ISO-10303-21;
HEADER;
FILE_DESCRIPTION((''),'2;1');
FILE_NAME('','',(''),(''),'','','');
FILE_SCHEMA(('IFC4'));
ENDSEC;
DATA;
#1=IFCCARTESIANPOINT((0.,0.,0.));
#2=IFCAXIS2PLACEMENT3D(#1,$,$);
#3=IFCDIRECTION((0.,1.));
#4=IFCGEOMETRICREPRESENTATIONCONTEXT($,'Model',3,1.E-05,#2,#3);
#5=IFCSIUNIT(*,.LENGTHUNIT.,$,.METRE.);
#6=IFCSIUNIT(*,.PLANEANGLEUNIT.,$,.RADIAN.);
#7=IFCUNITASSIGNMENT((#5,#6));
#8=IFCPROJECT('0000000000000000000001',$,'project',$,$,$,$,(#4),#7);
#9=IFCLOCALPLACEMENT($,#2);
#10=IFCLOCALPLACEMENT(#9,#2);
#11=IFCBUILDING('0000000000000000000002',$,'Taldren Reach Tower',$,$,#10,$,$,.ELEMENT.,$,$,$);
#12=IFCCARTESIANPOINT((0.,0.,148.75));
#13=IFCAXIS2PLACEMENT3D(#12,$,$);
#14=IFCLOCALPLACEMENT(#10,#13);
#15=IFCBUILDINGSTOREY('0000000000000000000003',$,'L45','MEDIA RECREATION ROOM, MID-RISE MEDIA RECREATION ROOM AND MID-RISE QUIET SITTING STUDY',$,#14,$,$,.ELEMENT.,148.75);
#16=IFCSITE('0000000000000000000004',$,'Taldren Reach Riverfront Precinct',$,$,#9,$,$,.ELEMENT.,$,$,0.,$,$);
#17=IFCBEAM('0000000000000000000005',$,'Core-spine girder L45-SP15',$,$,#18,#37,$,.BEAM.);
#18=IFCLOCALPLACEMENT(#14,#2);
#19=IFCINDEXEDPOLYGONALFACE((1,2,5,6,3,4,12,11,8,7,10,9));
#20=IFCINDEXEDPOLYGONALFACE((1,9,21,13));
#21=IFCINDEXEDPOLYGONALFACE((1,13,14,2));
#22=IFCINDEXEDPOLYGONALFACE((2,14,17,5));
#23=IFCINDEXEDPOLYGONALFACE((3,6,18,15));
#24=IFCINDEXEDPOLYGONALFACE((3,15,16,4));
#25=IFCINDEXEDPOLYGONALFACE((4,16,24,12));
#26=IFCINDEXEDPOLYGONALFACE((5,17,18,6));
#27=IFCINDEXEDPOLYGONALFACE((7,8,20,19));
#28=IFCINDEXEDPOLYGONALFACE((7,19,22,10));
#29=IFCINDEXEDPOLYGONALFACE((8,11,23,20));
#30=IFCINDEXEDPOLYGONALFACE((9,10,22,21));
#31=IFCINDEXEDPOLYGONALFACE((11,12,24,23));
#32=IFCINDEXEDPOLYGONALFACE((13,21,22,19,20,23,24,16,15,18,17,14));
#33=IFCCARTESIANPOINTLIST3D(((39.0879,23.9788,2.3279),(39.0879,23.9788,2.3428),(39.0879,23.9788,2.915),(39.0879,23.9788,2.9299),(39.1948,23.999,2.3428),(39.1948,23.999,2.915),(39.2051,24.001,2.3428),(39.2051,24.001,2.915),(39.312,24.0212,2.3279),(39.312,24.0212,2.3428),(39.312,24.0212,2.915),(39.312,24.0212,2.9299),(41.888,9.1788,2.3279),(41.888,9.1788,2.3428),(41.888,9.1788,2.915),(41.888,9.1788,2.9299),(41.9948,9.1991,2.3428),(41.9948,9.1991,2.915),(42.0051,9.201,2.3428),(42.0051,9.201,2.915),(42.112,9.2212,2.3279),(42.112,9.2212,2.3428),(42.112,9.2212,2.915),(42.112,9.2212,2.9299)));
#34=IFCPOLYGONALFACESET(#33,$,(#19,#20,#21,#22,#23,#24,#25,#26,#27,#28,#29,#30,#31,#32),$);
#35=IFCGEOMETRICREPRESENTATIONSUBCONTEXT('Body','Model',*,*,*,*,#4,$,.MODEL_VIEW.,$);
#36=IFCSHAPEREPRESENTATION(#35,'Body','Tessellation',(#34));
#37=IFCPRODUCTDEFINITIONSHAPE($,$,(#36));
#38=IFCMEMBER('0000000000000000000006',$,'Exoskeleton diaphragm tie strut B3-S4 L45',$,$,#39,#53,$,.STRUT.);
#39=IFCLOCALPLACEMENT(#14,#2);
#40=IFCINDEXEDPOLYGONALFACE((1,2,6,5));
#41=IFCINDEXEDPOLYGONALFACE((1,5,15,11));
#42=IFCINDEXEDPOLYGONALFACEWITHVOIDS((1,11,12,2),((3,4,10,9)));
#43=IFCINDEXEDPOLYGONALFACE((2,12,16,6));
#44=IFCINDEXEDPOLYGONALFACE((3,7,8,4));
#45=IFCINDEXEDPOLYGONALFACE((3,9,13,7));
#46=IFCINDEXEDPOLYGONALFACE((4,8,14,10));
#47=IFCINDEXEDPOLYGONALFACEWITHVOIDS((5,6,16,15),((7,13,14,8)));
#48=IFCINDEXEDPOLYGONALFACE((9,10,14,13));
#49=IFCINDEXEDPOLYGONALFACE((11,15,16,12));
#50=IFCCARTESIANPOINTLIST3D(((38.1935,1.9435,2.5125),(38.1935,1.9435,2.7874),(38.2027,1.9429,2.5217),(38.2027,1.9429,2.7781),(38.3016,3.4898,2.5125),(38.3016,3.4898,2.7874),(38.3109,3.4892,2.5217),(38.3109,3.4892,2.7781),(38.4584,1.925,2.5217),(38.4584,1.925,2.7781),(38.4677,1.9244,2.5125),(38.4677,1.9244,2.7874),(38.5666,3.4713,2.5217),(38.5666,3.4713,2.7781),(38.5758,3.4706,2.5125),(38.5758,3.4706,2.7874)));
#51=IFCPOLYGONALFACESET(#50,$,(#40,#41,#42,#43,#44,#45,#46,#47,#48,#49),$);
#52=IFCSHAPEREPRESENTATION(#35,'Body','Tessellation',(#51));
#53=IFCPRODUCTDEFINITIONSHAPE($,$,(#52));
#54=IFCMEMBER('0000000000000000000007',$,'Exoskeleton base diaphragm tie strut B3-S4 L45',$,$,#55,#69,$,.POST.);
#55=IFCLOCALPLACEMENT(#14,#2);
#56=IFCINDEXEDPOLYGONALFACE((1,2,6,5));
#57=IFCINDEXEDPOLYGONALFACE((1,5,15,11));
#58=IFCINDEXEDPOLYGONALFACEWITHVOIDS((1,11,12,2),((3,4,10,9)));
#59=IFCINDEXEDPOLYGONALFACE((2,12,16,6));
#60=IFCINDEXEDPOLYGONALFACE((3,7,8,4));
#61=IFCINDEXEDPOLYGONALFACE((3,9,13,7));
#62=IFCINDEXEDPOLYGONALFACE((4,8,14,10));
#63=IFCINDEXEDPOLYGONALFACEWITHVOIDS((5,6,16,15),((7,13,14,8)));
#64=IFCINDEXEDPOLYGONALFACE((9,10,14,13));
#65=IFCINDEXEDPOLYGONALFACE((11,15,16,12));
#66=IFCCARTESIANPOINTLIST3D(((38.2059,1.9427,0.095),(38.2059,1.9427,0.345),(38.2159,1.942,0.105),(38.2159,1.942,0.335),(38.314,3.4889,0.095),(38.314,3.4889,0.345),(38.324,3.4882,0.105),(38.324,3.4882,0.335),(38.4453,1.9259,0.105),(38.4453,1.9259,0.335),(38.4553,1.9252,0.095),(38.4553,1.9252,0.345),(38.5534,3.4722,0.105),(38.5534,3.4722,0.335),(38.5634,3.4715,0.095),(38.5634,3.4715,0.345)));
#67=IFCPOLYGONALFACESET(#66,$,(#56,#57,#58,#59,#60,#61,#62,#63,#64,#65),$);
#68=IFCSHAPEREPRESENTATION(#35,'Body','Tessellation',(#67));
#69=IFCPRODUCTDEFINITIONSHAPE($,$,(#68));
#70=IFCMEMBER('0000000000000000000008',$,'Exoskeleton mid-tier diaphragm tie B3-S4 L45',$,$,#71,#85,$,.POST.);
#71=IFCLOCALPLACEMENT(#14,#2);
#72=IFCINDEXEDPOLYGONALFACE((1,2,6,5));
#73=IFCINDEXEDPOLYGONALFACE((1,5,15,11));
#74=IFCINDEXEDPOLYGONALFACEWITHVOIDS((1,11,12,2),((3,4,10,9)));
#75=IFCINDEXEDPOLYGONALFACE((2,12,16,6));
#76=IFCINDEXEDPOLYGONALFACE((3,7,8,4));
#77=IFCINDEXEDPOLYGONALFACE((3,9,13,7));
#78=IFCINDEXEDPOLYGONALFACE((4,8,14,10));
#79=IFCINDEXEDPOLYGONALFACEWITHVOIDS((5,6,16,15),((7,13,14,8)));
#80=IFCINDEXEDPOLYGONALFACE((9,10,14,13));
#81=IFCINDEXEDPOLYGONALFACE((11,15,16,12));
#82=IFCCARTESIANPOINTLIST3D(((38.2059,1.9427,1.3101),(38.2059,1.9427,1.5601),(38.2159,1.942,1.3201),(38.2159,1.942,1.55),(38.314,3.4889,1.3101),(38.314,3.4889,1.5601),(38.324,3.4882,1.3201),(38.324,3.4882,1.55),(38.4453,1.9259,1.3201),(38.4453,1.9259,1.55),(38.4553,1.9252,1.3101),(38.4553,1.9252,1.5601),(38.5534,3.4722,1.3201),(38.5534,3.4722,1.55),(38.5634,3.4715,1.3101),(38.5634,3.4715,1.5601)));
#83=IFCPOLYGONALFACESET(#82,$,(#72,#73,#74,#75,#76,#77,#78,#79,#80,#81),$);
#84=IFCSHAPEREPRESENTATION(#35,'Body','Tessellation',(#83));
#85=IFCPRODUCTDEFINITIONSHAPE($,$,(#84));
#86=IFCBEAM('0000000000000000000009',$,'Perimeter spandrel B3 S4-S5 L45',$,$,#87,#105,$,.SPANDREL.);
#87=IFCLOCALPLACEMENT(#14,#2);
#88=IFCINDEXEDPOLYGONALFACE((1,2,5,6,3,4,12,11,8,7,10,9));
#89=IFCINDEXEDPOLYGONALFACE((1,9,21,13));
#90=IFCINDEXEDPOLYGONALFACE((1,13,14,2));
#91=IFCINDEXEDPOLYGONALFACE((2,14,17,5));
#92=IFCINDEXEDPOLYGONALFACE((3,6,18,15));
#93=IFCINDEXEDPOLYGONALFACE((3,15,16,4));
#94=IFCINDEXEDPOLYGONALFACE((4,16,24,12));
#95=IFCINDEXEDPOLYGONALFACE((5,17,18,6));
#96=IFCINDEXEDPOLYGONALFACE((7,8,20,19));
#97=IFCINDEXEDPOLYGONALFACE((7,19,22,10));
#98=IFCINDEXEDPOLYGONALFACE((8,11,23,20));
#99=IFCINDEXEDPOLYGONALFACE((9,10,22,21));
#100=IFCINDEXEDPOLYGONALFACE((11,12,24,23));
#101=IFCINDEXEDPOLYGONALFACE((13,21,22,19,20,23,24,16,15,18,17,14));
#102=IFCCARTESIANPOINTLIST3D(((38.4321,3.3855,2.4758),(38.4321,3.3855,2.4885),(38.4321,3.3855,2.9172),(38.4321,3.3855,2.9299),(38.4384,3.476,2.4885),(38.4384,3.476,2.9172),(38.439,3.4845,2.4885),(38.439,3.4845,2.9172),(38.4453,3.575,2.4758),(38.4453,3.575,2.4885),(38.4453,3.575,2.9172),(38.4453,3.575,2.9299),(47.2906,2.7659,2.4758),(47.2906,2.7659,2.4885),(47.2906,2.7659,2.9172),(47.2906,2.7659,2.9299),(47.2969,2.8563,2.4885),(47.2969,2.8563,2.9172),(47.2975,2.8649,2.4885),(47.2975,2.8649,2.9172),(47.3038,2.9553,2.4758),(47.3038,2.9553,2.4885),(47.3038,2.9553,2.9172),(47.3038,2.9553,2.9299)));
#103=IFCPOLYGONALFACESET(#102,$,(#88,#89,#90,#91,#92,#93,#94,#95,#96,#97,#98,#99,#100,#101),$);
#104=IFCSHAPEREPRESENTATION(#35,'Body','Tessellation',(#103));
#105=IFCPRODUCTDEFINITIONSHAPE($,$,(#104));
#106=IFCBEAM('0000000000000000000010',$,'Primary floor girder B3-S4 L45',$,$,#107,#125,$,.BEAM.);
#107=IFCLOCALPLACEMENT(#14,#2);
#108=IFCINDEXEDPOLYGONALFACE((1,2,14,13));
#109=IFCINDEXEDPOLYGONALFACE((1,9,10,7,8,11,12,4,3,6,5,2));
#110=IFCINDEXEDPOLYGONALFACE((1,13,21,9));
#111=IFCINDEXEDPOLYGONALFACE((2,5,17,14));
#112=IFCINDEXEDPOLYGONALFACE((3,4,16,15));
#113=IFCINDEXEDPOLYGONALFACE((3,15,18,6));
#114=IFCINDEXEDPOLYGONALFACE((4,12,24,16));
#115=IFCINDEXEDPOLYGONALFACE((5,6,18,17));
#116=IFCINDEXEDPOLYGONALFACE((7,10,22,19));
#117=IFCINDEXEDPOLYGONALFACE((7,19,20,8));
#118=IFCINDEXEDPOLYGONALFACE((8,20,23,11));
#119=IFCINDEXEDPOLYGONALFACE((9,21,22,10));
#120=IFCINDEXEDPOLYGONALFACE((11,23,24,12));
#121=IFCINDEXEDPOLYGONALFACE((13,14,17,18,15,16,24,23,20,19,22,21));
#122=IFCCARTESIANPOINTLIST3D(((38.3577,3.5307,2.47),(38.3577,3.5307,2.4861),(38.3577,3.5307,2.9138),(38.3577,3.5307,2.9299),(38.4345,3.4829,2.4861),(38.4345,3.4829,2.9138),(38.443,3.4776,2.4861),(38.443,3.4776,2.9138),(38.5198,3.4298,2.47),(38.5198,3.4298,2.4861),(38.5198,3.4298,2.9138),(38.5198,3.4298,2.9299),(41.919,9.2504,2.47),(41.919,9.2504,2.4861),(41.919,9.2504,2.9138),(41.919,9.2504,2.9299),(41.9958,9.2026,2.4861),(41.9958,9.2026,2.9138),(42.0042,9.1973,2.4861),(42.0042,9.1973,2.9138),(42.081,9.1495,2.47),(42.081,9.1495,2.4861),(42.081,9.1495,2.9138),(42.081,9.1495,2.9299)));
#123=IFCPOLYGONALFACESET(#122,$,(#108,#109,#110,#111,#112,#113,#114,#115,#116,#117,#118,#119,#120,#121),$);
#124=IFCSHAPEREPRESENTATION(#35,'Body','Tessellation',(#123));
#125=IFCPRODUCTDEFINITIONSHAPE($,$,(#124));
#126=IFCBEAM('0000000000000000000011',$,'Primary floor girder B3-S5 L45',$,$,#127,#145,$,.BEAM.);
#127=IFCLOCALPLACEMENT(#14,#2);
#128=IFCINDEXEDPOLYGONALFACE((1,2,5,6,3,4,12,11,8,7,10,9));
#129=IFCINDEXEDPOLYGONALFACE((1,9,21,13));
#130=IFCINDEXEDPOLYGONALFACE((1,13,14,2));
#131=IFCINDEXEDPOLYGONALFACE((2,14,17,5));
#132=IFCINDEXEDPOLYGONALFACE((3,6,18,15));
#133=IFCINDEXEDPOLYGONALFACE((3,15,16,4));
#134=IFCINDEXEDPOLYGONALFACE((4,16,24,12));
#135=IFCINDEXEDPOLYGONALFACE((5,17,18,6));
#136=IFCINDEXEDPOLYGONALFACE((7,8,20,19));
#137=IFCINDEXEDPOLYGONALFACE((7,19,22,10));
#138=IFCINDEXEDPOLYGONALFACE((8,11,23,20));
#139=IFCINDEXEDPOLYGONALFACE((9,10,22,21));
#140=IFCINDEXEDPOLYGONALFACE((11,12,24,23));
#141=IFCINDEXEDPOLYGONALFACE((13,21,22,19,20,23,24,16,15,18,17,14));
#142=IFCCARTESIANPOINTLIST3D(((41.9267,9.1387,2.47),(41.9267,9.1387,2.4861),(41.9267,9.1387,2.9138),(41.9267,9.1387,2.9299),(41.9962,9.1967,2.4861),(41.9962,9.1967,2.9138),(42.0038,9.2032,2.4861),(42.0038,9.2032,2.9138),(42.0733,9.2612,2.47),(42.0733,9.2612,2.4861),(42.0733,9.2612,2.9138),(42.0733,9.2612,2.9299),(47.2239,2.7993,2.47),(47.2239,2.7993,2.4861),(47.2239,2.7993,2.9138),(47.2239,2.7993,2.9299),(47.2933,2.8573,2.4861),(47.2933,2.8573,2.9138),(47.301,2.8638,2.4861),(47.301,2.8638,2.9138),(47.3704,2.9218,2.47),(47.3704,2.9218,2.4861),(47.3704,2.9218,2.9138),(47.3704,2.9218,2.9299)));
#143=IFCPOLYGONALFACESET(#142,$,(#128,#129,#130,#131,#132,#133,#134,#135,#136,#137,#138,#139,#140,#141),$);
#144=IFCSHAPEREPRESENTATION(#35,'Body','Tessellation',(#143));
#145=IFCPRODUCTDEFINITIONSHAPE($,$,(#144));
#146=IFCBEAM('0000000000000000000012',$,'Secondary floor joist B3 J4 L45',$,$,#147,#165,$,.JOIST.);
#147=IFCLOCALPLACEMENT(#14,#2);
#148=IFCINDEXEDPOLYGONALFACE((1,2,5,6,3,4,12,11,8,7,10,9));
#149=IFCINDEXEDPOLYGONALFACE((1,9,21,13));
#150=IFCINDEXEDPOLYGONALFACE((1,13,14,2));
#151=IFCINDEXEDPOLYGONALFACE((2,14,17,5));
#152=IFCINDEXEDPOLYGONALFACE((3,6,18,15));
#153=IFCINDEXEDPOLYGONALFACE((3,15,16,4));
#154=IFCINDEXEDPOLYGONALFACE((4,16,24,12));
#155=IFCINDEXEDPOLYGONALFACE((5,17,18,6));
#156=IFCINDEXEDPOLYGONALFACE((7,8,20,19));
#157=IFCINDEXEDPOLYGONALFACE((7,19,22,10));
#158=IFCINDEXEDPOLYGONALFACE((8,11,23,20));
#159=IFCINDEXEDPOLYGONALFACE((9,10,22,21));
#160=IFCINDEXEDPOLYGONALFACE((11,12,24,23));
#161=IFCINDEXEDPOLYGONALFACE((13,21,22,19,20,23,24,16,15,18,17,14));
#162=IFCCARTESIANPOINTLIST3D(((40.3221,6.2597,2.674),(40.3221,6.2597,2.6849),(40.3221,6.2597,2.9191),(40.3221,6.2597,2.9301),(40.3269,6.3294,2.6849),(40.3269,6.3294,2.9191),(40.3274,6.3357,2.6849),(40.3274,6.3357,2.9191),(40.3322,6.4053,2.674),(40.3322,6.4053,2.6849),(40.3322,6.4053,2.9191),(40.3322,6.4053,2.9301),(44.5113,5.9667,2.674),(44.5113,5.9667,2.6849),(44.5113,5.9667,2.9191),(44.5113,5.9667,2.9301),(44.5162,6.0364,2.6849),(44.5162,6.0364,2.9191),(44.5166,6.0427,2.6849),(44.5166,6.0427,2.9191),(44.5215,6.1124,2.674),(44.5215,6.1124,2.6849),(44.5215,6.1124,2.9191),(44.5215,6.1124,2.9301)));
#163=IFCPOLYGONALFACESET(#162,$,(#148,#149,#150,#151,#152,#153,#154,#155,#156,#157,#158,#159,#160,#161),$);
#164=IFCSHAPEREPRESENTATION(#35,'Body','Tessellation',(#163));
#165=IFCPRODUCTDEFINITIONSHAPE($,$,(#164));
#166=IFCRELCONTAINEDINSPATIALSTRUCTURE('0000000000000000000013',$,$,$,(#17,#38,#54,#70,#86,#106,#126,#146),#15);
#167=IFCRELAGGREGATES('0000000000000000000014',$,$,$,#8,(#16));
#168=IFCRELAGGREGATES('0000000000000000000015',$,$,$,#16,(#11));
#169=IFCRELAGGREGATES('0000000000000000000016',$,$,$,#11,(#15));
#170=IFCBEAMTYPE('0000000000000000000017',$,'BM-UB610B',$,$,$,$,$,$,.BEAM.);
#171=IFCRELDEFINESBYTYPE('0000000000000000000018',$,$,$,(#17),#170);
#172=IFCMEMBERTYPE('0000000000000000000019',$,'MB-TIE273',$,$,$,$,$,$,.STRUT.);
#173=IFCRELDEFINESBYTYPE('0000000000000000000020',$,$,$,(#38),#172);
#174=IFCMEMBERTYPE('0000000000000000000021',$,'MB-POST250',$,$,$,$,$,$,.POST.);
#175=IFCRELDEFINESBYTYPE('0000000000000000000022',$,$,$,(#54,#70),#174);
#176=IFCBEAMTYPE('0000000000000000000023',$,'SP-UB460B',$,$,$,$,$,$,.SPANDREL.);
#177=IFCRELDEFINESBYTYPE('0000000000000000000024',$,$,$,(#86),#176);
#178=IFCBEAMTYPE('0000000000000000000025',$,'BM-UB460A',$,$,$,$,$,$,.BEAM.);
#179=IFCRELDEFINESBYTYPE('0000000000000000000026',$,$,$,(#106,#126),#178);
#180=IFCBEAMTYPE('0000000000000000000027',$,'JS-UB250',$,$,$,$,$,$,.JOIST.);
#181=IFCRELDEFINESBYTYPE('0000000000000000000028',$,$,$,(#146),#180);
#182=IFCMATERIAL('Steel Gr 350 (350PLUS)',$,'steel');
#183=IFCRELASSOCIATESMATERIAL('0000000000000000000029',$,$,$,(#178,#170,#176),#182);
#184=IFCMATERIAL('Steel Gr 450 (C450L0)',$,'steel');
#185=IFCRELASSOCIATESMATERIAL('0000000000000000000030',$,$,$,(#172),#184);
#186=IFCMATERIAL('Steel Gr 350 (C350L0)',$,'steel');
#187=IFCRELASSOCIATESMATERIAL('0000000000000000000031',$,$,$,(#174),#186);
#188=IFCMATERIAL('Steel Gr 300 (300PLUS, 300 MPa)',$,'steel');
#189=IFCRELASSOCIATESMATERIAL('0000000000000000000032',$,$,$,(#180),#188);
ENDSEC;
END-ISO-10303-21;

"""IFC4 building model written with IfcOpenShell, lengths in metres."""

from ifc_helpers import new_model, si_unit, direction, frame, origin, origin_2d, place, context, subcontext, project, spatial, hollow_rectangle, i_section, extrude, source, transform, mapped, material, material_profile, profile_set, type_object, element, save


model = new_model("IFC4")

# Units and contexts
model_context = context("Model", 3, precision=1e-05, world=origin(), true_north=direction((0.0, 1.0)))
body_context = subcontext(model_context, "Body", "Model", "MODEL_VIEW")
ifc_project = project(units=[si_unit("LENGTHUNIT", "METRE"), si_unit("PLANEANGLEUNIT", "RADIAN")], contexts=[model_context])

# Site, building, storey
site_placement = place(None, origin())
site = spatial("IfcSite", under=ifc_project, at=site_placement, Name="Taldren Reach Riverfront Precinct", CompositionType="ELEMENT", RefElevation=0.0)
building_placement = place(site_placement, origin())
building = spatial("IfcBuilding", under=site, at=building_placement, Name="Taldren Reach Tower", CompositionType="ELEMENT")
storey_placement = place(building_placement, frame((0.0, 0.0, 148.75)))
storey = spatial("IfcBuildingStorey", under=building, at=storey_placement, Name="L45", Description="MEDIA RECREATION ROOM, MID-RISE MEDIA RECREATION ROOM AND MID-RISE QUIET SITTING STUDY", CompositionType="ELEMENT", Elevation=148.75)

# Shared definitions
ifc_material_1 = material(Name="Steel Gr 350 (350PLUS)", Category="steel")
ifc_material_2 = material(Name="Steel Gr 450 (C450L0)", Category="steel")

# Beam
ifc_material_profile_1 = material_profile(ifc_material_1, i_section(OverallWidth=0.1909, OverallDepth=0.46, WebThickness=0.01, FlangeThickness=0.0161, at=origin_2d()), Name="460UB82.1")
ifc_profile_set_1 = profile_set([ifc_material_profile_1], Name="Steel Gr 350 (350PLUS)")
beam_type_1 = type_object("IfcBeamType", Name="BM-UB460A", PredefinedType="BEAM", material=ifc_profile_set_1)
ifc_material_profile_2 = material_profile(ifc_material_1, i_section(OverallWidth=0.228, OverallDepth=0.6021, WebThickness=0.0105, FlangeThickness=0.0149, at=origin_2d()), Name="610UB101")
ifc_profile_set_2 = profile_set([ifc_material_profile_2], Name="Steel Gr 350 (350PLUS)")
beam_type_2 = type_object("IfcBeamType", Name="BM-UB610B", PredefinedType="BEAM", material=ifc_profile_set_2)
shared_shape_1 = source(origin(), body_context, "Body", "SweptSolid", [
    extrude(i_section(OverallWidth=0.228, OverallDepth=0.6021, WebThickness=0.0105, FlangeThickness=0.0149, at=origin_2d()), origin(), (0.0, 0.0, 1.0), 15.0625),
])
beam_1_placement = place(storey_placement, frame((39.2, 24.0, 2.6289), z_axis=(0.185894, -0.98257, 0.0), x_axis=(0.98257, 0.185894, 0.0)))
element("IfcBeam", 1, at=beam_1_placement, inside=storey, type_object=beam_type_2, Name="Core-spine girder L45-SP15", PredefinedType="BEAM", context=body_context, shape_type="MappedRepresentation", body=[
    mapped(shared_shape_1, transform((0.0, 0.0, 0.0), scale=1.0)),
])

# Members
ifc_material_profile_3 = material_profile(ifc_material_2, hollow_rectangle(XDim=0.2749, YDim=0.2749, WallThickness=0.0093, at=origin_2d()), Name="275x275x9.3SHS")
ifc_profile_set_3 = profile_set([ifc_material_profile_3], Name="Steel Gr 450 (C450L0)")
member_type_1 = type_object("IfcMemberType", Name="MB-TIE273", PredefinedType="STRUT", material=ifc_profile_set_3)
shared_shape_2 = source(origin(), body_context, "Body", "SweptSolid", [
    extrude(hollow_rectangle(XDim=0.2749, YDim=0.2749, WallThickness=0.0093, at=origin_2d()), origin(), (0.0, 0.0, 1.0), 1.55),
])
member_placement = place(storey_placement, frame((38.4387, 3.4802, 2.6499), z_axis=(-0.06977, -0.997563, 0.0), x_axis=(0.997563, -0.06977, 0.0)))
element("IfcMember", 2, at=member_placement, inside=storey, type_object=member_type_1, Name="Exoskeleton diaphragm tie strut B3-S4 L45", PredefinedType="STRUT", context=body_context, shape_type="MappedRepresentation", body=[
    mapped(shared_shape_2, transform((0.0, 0.0, 0.0), scale=1.0)),
])
ifc_material_3 = material(Name="Steel Gr 350 (C350L0)", Category="steel")
ifc_material_profile_4 = material_profile(ifc_material_3, hollow_rectangle(XDim=0.25, YDim=0.25, WallThickness=0.01, at=origin_2d()), Name="250x250x10.0SHS")
ifc_profile_set_4 = profile_set([ifc_material_profile_4], Name="Steel Gr 350 (C350L0)")
member_type_2 = type_object("IfcMemberType", Name="MB-POST250", PredefinedType="POST", material=ifc_profile_set_4)
shared_shape_3 = source(origin(), body_context, "Body", "SweptSolid", [
    extrude(hollow_rectangle(XDim=0.25, YDim=0.25, WallThickness=0.01, at=origin_2d()), origin(), (0.0, 0.0, 1.0), 1.55),
])
for number, where, z_axis, x_axis, name in (
    (3, (38.4387, 3.4802, 0.22), (-0.06977, -0.997563, 0.0), (0.997563, -0.06977, 0.0), "Exoskeleton base diaphragm tie strut B3-S4 L45"),
    (4, (38.4387, 3.4802, 1.4351), (-0.06977, -0.997563, 0.0), (0.997563, -0.06977, 0.0), "Exoskeleton mid-tier diaphragm tie B3-S4 L45"),
):
    element("IfcMember", number, at=place(storey_placement, frame(where, z_axis=z_axis, x_axis=x_axis)), inside=storey, type_object=member_type_2, Name=name, PredefinedType="POST", context=body_context, shape_type="MappedRepresentation", body=[
        mapped(shared_shape_3, transform((0.0, 0.0, 0.0), scale=1.0)),
    ])

# Beams
ifc_material_profile_5 = material_profile(ifc_material_1, i_section(OverallWidth=0.1899, OverallDepth=0.4541, WebThickness=0.0085, FlangeThickness=0.0127, at=origin_2d()), Name="460UB67.1")
ifc_profile_set_5 = profile_set([ifc_material_profile_5], Name="Steel Gr 350 (350PLUS)")
beam_type_3 = type_object("IfcBeamType", Name="SP-UB460B", PredefinedType="SPANDREL", material=ifc_profile_set_5)
shared_shape_4 = source(origin(), body_context, "Body", "SweptSolid", [
    extrude(i_section(OverallWidth=0.1899, OverallDepth=0.4541, WebThickness=0.0085, FlangeThickness=0.0127, at=origin_2d()), origin(), (0.0, 0.0, 1.0), 8.8801),
])
beam_2_placement = place(storey_placement, frame((38.4387, 3.4802, 2.7029), z_axis=(0.997563, -0.069778, 0.0), x_axis=(0.069778, 0.997563, 0.0)))
element("IfcBeam", 5, at=beam_2_placement, inside=storey, type_object=beam_type_3, Name="Perimeter spandrel B3 S4-S5 L45", PredefinedType="SPANDREL", context=body_context, shape_type="MappedRepresentation", body=[
    mapped(shared_shape_4, transform((0.0, 0.0, 0.0), scale=1.0)),
])
shared_shape_5 = source(origin(), body_context, "Body", "SweptSolid", [
    extrude(i_section(OverallWidth=0.1909, OverallDepth=0.46, WebThickness=0.01, FlangeThickness=0.0161, at=origin_2d()), origin(), (0.0, 0.0, 1.0), 6.7378),
])
beam_3_placement = place(storey_placement, frame((42.0, 9.2, 2.7), z_axis=(-0.528552, -0.848901, 0.0), x_axis=(0.848901, -0.528552, 0.0)))
element("IfcBeam", 6, at=beam_3_placement, inside=storey, type_object=beam_type_1, Name="Primary floor girder B3-S4 L45", PredefinedType="BEAM", context=body_context, shape_type="MappedRepresentation", body=[
    mapped(shared_shape_5, transform((0.0, 0.0, 0.0), scale=1.0)),
])
shared_shape_6 = source(origin(), body_context, "Body", "SweptSolid", [
    extrude(i_section(OverallWidth=0.1909, OverallDepth=0.46, WebThickness=0.01, FlangeThickness=0.0161, at=origin_2d()), origin(), (0.0, 0.0, 1.0), 8.2612),
])
beam_4_placement = place(storey_placement, frame((42.0, 9.2, 2.7), z_axis=(0.641207, -0.767368, 0.0), x_axis=(0.767368, 0.641207, 0.0)))
element("IfcBeam", 7, at=beam_4_placement, inside=storey, type_object=beam_type_1, Name="Primary floor girder B3-S5 L45", PredefinedType="BEAM", context=body_context, shape_type="MappedRepresentation", body=[
    mapped(shared_shape_6, transform((0.0, 0.0, 0.0), scale=1.0)),
])
ifc_material_4 = material(Name="Steel Gr 300 (300PLUS, 300 MPa)", Category="steel")
ifc_material_profile_6 = material_profile(ifc_material_4, i_section(OverallWidth=0.146, OverallDepth=0.2561, WebThickness=0.0063, FlangeThickness=0.011, at=origin_2d()), Name="250UB37.3")
ifc_profile_set_6 = profile_set([ifc_material_profile_6], Name="Steel Gr 300 (300PLUS, 300 MPa)")
beam_type_4 = type_object("IfcBeamType", Name="JS-UB250", PredefinedType="JOIST", material=ifc_profile_set_6)
shared_shape_7 = source(origin(), body_context, "Body", "SweptSolid", [
    extrude(i_section(OverallWidth=0.146, OverallDepth=0.2561, WebThickness=0.0063, FlangeThickness=0.011, at=origin_2d()), origin(), (0.0, 0.0, 1.0), 4.1995),
])
beam_5_placement = place(storey_placement, frame((40.3271, 6.3325, 2.802), z_axis=(0.997564, -0.069764, 0.0), x_axis=(0.069764, 0.997564, 0.0)))
element("IfcBeam", 8, at=beam_5_placement, inside=storey, type_object=beam_type_4, Name="Secondary floor joist B3 J4 L45", PredefinedType="JOIST", context=body_context, shape_type="MappedRepresentation", body=[
    mapped(shared_shape_7, transform((0.0, 0.0, 0.0), scale=1.0)),
])

save(model, "model.ifc")
